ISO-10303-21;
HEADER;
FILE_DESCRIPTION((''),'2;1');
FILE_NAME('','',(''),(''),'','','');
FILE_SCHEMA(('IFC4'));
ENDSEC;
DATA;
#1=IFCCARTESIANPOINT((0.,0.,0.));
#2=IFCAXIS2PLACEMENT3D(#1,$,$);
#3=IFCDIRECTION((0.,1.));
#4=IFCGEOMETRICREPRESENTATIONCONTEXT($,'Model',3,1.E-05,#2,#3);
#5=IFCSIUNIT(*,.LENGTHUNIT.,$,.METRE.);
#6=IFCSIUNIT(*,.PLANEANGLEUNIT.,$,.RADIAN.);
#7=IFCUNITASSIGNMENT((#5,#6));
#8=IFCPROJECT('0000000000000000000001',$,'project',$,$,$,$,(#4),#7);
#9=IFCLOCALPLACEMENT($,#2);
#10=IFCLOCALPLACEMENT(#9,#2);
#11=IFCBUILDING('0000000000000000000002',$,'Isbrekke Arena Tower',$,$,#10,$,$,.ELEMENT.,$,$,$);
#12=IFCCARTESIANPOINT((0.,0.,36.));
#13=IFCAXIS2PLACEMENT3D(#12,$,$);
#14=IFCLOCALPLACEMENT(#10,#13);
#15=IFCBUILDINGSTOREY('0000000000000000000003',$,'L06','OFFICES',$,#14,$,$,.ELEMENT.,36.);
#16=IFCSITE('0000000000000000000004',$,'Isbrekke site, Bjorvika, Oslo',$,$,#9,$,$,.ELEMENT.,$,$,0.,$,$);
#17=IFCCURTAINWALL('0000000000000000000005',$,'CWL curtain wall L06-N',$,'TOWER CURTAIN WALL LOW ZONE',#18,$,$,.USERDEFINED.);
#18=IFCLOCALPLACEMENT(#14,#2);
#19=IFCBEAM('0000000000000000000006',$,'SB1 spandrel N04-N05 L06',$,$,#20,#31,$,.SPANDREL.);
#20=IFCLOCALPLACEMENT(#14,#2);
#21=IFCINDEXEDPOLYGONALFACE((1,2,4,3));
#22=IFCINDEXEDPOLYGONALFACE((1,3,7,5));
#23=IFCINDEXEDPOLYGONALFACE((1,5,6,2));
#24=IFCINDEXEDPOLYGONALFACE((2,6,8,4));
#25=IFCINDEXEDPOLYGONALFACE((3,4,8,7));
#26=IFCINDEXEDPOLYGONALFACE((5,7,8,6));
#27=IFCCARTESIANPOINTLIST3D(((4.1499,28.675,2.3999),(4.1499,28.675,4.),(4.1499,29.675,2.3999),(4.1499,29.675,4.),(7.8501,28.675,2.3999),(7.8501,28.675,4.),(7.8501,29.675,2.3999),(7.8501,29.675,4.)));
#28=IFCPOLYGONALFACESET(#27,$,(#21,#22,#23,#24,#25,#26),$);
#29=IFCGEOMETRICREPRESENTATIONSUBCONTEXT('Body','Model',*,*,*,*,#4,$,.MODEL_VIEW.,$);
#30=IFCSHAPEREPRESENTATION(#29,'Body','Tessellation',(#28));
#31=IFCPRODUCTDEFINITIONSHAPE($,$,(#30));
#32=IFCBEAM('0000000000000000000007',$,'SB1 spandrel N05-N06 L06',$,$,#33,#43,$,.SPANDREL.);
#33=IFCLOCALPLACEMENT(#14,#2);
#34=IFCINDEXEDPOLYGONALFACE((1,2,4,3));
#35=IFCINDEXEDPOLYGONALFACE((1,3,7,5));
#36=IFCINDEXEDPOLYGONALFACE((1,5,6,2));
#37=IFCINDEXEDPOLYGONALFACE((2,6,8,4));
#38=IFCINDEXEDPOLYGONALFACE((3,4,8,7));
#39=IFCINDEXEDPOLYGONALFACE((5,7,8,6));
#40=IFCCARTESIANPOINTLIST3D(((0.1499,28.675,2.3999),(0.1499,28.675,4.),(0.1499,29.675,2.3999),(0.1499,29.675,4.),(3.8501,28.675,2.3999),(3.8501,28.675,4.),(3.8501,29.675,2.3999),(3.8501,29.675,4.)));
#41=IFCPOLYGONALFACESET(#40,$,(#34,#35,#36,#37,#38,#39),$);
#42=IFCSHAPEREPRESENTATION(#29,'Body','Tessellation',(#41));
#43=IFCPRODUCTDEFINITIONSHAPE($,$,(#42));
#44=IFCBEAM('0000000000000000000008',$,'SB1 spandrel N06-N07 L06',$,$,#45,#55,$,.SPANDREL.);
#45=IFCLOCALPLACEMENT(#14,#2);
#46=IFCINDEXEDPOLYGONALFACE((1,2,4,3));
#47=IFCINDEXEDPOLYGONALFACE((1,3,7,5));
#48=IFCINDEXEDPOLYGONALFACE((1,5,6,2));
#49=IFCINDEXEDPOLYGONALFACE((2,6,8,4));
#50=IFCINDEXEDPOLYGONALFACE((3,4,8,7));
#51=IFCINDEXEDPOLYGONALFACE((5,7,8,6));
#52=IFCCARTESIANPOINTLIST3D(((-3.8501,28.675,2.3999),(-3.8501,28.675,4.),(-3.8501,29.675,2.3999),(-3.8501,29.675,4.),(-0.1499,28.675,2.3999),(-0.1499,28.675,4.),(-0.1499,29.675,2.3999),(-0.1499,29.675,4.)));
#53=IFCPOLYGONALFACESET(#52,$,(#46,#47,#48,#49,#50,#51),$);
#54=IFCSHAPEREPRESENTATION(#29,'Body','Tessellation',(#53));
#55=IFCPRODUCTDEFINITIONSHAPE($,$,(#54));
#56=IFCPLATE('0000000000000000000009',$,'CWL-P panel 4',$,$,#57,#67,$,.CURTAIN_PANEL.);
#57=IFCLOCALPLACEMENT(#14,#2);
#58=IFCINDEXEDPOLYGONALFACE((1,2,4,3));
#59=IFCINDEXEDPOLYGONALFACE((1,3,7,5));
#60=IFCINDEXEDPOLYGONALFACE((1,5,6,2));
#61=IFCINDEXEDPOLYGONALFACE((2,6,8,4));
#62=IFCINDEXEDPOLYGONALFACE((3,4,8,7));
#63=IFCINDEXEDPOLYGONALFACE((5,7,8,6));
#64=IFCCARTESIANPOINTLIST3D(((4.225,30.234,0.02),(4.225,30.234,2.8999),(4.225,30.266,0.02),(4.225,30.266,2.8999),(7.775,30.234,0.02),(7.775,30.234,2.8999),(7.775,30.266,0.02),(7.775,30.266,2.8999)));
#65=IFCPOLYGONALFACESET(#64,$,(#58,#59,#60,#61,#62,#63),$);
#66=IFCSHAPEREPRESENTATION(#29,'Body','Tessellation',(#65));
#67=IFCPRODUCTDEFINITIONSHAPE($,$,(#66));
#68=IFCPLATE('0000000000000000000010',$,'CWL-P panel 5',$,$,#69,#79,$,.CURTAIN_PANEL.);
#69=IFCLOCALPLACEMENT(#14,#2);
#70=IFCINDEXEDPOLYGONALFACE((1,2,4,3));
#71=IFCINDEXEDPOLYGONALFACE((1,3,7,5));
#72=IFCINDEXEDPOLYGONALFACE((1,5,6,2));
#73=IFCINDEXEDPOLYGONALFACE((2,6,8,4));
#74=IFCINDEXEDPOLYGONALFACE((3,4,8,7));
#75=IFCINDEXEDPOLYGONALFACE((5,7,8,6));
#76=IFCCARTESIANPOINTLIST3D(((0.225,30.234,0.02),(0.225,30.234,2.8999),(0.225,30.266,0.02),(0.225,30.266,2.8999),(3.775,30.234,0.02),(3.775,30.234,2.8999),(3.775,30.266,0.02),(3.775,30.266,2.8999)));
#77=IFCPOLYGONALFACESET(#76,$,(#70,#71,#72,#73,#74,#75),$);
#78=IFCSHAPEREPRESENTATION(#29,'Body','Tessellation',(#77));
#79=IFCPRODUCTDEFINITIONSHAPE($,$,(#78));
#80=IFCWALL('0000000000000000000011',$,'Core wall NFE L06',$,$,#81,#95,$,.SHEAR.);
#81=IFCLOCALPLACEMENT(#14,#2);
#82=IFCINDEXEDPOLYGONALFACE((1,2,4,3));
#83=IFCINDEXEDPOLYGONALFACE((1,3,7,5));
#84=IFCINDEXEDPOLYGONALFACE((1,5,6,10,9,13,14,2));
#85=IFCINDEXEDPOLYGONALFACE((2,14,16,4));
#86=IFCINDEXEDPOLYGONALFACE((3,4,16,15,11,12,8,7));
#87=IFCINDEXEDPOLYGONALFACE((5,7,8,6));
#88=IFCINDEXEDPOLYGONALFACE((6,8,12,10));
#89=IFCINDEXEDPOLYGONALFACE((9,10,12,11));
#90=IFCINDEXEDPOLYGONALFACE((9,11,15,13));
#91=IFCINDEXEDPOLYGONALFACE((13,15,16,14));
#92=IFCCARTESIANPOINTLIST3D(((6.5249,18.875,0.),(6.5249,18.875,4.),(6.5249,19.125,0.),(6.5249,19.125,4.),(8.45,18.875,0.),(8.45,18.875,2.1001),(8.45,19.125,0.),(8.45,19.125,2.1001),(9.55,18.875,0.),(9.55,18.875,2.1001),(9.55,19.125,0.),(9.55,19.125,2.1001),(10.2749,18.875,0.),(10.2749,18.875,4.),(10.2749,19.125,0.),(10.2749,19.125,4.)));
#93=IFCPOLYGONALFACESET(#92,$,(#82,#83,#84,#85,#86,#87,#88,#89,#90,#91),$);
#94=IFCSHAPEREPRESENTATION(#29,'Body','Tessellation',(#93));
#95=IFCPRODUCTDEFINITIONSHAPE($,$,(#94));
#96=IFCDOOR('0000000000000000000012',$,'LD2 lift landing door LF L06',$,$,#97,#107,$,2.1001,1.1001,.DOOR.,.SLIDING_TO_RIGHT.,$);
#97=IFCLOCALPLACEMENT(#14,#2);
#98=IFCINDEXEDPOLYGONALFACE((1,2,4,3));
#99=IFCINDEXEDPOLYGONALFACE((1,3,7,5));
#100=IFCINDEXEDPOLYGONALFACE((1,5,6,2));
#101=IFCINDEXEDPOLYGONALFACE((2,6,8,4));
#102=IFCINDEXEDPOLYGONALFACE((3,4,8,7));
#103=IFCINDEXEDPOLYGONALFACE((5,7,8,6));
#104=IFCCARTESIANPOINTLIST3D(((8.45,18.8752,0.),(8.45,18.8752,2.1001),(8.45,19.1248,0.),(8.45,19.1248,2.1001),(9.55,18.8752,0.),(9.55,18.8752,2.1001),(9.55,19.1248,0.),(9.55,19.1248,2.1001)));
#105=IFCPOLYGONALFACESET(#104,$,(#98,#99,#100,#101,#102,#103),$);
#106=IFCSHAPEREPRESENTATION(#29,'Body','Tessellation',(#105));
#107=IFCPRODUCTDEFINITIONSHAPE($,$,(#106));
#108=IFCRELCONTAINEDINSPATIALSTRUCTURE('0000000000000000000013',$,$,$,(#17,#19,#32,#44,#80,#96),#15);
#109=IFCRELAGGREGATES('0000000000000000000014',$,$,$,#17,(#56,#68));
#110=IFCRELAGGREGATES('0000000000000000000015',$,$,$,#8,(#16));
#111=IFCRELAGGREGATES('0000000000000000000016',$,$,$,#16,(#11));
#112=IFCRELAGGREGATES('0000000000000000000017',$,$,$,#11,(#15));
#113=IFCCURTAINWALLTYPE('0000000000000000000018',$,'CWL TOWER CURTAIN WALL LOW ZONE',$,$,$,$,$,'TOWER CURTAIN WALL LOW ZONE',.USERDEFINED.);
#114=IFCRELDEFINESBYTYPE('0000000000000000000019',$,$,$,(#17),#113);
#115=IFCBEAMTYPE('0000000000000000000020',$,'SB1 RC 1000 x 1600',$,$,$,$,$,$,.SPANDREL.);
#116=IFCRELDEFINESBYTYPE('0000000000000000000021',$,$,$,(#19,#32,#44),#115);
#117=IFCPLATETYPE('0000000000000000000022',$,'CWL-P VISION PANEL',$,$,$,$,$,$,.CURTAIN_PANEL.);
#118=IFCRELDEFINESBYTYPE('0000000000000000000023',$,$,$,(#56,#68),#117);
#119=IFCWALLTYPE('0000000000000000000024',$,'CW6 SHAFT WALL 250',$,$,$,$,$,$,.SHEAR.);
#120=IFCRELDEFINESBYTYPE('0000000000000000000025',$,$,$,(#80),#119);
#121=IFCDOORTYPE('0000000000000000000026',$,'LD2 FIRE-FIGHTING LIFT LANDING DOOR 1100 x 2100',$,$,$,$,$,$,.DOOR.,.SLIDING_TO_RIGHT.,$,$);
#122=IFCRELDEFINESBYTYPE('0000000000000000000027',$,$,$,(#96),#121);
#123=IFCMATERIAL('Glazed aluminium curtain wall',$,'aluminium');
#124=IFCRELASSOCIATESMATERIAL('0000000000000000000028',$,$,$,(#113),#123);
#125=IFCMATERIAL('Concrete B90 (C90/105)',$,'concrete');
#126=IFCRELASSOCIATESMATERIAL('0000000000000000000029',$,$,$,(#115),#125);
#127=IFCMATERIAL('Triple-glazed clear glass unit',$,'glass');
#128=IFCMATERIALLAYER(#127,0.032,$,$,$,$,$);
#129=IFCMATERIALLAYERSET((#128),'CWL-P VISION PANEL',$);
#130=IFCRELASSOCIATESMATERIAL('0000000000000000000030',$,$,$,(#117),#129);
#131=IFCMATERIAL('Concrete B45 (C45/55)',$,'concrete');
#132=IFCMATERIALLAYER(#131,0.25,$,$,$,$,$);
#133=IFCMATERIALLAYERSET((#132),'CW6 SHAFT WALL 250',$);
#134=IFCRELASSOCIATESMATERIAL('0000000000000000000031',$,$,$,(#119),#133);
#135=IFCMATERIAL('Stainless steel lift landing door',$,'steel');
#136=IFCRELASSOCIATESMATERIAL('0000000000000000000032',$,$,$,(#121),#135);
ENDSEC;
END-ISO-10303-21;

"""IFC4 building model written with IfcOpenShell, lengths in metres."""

from ifc_helpers import new_model, si_unit, direction, frame, frame_2d, origin, origin_2d, place, context, subcontext, project, spatial, rectangle, extrude, material, layer, layer_set, material_profile, profile_set, type_object, element, fill, aggregate, save


model = new_model("IFC4")

# Units and contexts
model_context = context("Model", 3, precision=1e-05, world=origin(), true_north=direction((0.0, 1.0)))
body_context = subcontext(model_context, "Body", "Model", "MODEL_VIEW")
ifc_project = project(units=[si_unit("LENGTHUNIT", "METRE"), si_unit("PLANEANGLEUNIT", "RADIAN")], contexts=[model_context])

# Site, building, storey
site_placement = place(None, origin())
site = spatial("IfcSite", under=ifc_project, at=site_placement, Name="Isbrekke site, Bjorvika, Oslo", CompositionType="ELEMENT", RefElevation=0.0)
building_placement = place(site_placement, origin())
building = spatial("IfcBuilding", under=site, at=building_placement, Name="Isbrekke Arena Tower", CompositionType="ELEMENT")
storey_placement = place(building_placement, frame((0.0, 0.0, 36.0)))
storey = spatial("IfcBuildingStorey", under=building, at=storey_placement, Name="L06", Description="OFFICES", CompositionType="ELEMENT", Elevation=36.0)

# Curtain wall
ifc_material_1 = material(Name="Glazed aluminium curtain wall", Category="aluminium")
curtain_wall_type = type_object("IfcCurtainWallType", Name="CWL TOWER CURTAIN WALL LOW ZONE", ElementType="TOWER CURTAIN WALL LOW ZONE", PredefinedType="USERDEFINED", material=ifc_material_1)
curtain_wall_placement = place(storey_placement, origin())
curtain_wall = element("IfcCurtainWall", 1, at=curtain_wall_placement, inside=storey, type_object=curtain_wall_type, Name="CWL curtain wall L06-N", ObjectType="TOWER CURTAIN WALL LOW ZONE", PredefinedType="USERDEFINED")

# Beams
ifc_material_2 = material(Name="Concrete B90 (C90/105)", Category="concrete")
ifc_material_profile_1 = material_profile(ifc_material_2, rectangle(XDim=1.0, YDim=1.6001, at=origin_2d()), Name="RC 1000x1600")
ifc_profile_set_1 = profile_set([ifc_material_profile_1], Name="Concrete B90 (C90/105)")
beam_type_1 = type_object("IfcBeamType", Name="SB1 RC 1000 x 1600", PredefinedType="SPANDREL", material=ifc_profile_set_1)
for number, where, z_axis, x_axis, name in (
    (2, (7.8501, 29.175, 3.2), (-1.0, 0.0, 0.0), (0.0, -1.0, 0.0), "SB1 spandrel N04-N05 L06"),
    (3, (3.8501, 29.175, 3.2), (-1.0, 0.0, 0.0), (0.0, -1.0, 0.0), "SB1 spandrel N05-N06 L06"),
    (4, (-0.1499, 29.175, 3.2), (-1.0, 0.0, 0.0), (0.0, -1.0, 0.0), "SB1 spandrel N06-N07 L06"),
):
    element("IfcBeam", number, at=place(storey_placement, frame(where, z_axis=z_axis, x_axis=x_axis)), inside=storey, type_object=beam_type_1, Name=name, PredefinedType="SPANDREL", context=body_context, shape_type="SweptSolid", body=[
        extrude(rectangle(XDim=1.0, YDim=1.6001, at=origin_2d()), origin(), (0.0, 0.0, 1.0), 3.7002),
    ])

# Plates
ifc_material_3 = material(Name="Triple-glazed clear glass unit", Category="glass")
ifc_layer_1 = layer(ifc_material_3, 0.032)
ifc_layer_set_1 = layer_set([ifc_layer_1], Name="CWL-P VISION PANEL")
plate_type = type_object("IfcPlateType", Name="CWL-P VISION PANEL", PredefinedType="CURTAIN_PANEL", material=ifc_layer_set_1)
plate_1_placement = place(storey_placement, frame((6.0, 30.25, 0.02), z_axis=(0.0, 0.0, 1.0), x_axis=(-1.0, 0.0, 0.0)))
plate_1 = element("IfcPlate", 5, at=plate_1_placement, type_object=plate_type, Name="CWL-P panel 4", PredefinedType="CURTAIN_PANEL", context=body_context, shape_type="SweptSolid", body=[
    extrude(rectangle(XDim=3.55, YDim=0.032, at=origin_2d()), origin(), (0.0, 0.0, 1.0), 2.8799),
])
plate_2_placement = place(storey_placement, frame((2.0, 30.25, 0.02), z_axis=(0.0, 0.0, 1.0), x_axis=(-1.0, 0.0, 0.0)))
plate_2 = element("IfcPlate", 6, at=plate_2_placement, type_object=plate_type, Name="CWL-P panel 5", PredefinedType="CURTAIN_PANEL", context=body_context, shape_type="SweptSolid", body=[
    extrude(rectangle(XDim=3.55, YDim=0.032, at=origin_2d()), origin(), (0.0, 0.0, 1.0), 2.8799),
])
aggregate(curtain_wall, [plate_1, plate_2])

# Wall, opening, door
ifc_material_4 = material(Name="Concrete B45 (C45/55)", Category="concrete")
ifc_layer_2 = layer(ifc_material_4, 0.25)
ifc_layer_set_2 = layer_set([ifc_layer_2], Name="CW6 SHAFT WALL 250")
wall_type = type_object("IfcWallType", Name="CW6 SHAFT WALL 250", PredefinedType="SHEAR", material=ifc_layer_set_2)
wall_placement = place(storey_placement, frame((6.5249, 19.0, 0.0), z_axis=(0.0, 0.0, 1.0), x_axis=(1.0, 0.0, 0.0)))
wall = element("IfcWall", 7, at=wall_placement, inside=storey, type_object=wall_type, Name="Core wall NFE L06", PredefinedType="SHEAR", context=body_context, shape_type="SweptSolid", body=[
    extrude(rectangle(XDim=3.75, YDim=0.25, at=frame_2d((1.875, 0.0))), origin(), (0.0, 0.0, 1.0), 4.0),
])
opening_placement = place(wall_placement, frame((1.925, 0.0, 0.0)))
opening = element("IfcOpeningElement", 8, at=opening_placement, cuts=wall, PredefinedType="OPENING", context=body_context, shape_type="SweptSolid", body=[
    extrude(rectangle(XDim=1.1001, YDim=2.1001, at=frame_2d((0.55, 1.05))), frame((0.0, 0.1399, 0.0), z_axis=(0.0, -1.0, 0.0), x_axis=(1.0, 0.0, 0.0)), (0.0, 0.0, 1.0), 0.2798),
])
ifc_material_5 = material(Name="Stainless steel lift landing door", Category="steel")
door_type = type_object("IfcDoorType", Name="LD2 FIRE-FIGHTING LIFT LANDING DOOR 1100 x 2100", OperationType="SLIDING_TO_RIGHT", PredefinedType="DOOR", material=ifc_material_5)
door_placement = place(opening_placement, origin())
door = element("IfcDoor", 9, at=door_placement, inside=storey, type_object=door_type, Name="LD2 lift landing door LF L06", OperationType="SLIDING_TO_RIGHT", OverallHeight=2.1001, OverallWidth=1.1001, PredefinedType="DOOR", context=body_context, shape_type="SweptSolid", body=[
    extrude(rectangle(XDim=1.1001, YDim=2.1001, at=frame_2d((0.55, 1.05))), frame((0.0, 0.1248, 0.0), z_axis=(0.0, -1.0, 0.0), x_axis=(1.0, 0.0, 0.0)), (0.0, 0.0, 1.0), 0.2495),
])
fill(opening, door)

save(model, "model.ifc")
